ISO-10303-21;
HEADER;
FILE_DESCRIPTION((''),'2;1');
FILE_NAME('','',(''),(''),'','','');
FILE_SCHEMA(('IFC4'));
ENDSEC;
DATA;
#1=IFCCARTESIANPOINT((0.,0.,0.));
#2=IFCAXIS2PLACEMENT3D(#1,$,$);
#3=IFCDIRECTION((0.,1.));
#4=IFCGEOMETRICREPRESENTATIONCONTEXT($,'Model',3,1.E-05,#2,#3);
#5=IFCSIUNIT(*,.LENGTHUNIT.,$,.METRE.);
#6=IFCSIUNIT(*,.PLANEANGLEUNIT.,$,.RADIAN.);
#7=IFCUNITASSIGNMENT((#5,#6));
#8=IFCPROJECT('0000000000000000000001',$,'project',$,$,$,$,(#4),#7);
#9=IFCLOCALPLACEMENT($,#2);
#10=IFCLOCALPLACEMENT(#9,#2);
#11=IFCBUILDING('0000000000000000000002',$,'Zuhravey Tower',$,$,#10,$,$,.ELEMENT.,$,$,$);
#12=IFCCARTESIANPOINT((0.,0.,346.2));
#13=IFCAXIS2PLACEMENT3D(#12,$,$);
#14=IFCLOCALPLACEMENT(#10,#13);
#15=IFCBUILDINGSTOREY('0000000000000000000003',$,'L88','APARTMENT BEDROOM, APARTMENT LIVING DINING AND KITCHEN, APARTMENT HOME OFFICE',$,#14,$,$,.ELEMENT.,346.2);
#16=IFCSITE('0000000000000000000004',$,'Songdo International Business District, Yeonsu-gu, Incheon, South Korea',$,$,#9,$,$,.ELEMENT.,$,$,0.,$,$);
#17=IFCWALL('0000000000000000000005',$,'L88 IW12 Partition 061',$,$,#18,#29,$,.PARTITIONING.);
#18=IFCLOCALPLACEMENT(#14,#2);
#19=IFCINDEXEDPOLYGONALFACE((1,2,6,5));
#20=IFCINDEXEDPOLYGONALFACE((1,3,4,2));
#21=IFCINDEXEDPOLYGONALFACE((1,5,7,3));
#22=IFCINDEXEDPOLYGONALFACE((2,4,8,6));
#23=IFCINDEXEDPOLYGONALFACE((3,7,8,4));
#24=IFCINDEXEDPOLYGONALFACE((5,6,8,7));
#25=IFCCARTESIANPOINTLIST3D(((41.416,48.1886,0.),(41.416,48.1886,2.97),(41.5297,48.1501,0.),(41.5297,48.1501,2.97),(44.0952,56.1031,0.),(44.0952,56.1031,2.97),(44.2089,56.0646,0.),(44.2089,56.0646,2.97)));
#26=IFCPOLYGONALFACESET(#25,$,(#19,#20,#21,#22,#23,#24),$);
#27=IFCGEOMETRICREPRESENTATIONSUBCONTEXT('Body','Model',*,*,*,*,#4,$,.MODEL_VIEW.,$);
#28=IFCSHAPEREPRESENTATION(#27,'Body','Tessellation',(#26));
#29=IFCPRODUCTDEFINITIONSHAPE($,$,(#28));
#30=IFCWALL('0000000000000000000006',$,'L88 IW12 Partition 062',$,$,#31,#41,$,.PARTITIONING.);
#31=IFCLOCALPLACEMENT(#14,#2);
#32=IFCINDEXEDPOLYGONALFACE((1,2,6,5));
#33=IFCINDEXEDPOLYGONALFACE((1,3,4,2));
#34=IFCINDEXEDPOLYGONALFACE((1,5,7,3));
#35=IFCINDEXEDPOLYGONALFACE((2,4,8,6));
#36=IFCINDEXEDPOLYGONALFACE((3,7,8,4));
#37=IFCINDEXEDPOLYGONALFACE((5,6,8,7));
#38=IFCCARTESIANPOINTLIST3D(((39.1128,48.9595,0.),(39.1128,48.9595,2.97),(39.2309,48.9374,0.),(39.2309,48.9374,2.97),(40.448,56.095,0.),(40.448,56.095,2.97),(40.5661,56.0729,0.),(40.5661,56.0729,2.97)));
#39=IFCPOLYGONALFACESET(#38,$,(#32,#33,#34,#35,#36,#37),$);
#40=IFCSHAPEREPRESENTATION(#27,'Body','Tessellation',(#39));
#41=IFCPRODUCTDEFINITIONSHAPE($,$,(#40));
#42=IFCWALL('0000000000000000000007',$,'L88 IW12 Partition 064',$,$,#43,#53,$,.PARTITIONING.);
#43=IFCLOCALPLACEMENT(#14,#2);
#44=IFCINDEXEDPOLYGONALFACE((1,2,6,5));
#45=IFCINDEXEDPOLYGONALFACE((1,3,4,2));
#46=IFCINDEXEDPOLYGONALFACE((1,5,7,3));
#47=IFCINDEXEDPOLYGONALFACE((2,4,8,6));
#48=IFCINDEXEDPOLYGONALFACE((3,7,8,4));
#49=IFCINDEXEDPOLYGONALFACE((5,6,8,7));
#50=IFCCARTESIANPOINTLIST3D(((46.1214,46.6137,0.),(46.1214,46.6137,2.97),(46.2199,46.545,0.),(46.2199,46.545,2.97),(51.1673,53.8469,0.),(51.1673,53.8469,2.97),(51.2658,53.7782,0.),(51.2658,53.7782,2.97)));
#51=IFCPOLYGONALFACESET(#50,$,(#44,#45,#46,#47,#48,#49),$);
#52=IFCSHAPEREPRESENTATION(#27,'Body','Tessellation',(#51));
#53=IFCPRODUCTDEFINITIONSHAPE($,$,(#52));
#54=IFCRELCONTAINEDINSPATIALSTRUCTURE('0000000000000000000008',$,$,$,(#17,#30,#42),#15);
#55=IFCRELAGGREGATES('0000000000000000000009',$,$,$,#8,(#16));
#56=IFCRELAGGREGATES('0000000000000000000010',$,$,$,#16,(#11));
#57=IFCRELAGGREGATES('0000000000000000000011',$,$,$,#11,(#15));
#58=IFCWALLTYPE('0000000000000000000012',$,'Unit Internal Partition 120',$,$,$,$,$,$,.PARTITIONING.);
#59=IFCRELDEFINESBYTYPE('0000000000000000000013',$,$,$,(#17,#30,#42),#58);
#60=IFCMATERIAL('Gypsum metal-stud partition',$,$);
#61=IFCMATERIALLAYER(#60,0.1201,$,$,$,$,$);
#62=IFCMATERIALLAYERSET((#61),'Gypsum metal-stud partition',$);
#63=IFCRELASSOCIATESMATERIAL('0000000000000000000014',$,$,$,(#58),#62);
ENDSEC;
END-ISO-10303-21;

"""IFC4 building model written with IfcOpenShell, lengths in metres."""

from ifc_helpers import new_model, si_unit, direction, frame, frame_2d, origin, place, context, subcontext, project, spatial, rectangle, extrude, material, layer, layer_set, type_object, element, save


model = new_model("IFC4")

# Units and contexts
model_context = context("Model", 3, precision=1e-05, world=origin(), true_north=direction((0.0, 1.0)))
body_context = subcontext(model_context, "Body", "Model", "MODEL_VIEW")
ifc_project = project(units=[si_unit("LENGTHUNIT", "METRE"), si_unit("PLANEANGLEUNIT", "RADIAN")], contexts=[model_context])

# Site, building, storey
site_placement = place(None, origin())
site = spatial("IfcSite", under=ifc_project, at=site_placement, Name="Songdo International Business District, Yeonsu-gu, Incheon, South Korea", CompositionType="ELEMENT", RefElevation=0.0)
building_placement = place(site_placement, origin())
building = spatial("IfcBuilding", under=site, at=building_placement, Name="Zuhravey Tower", CompositionType="ELEMENT")
storey_placement = place(building_placement, frame((0.0, 0.0, 346.2)))
storey = spatial("IfcBuildingStorey", under=building, at=storey_placement, Name="L88", Description="APARTMENT BEDROOM, APARTMENT LIVING DINING AND KITCHEN, APARTMENT HOME OFFICE", CompositionType="ELEMENT", Elevation=346.2)

# Shared definitions
ifc_material_1 = material(Name="Gypsum metal-stud partition")
ifc_layer_1 = layer(ifc_material_1, 0.1201)
ifc_layer_set_1 = layer_set([ifc_layer_1], Name="Gypsum metal-stud partition")
wall_type_1 = type_object("IfcWallType", Name="Unit Internal Partition 120", PredefinedType="PARTITIONING", material=ifc_layer_set_1)

# Walls
wall_1_placement = place(storey_placement, frame((41.4729, 48.1694, 0.0), z_axis=(0.0, 0.0, 1.0), x_axis=(0.320642, 0.9472, 0.0)))
element("IfcWall", 1, at=wall_1_placement, inside=storey, type_object=wall_type_1, Name="L88 IW12 Partition 061", PredefinedType="PARTITIONING", context=body_context, shape_type="SweptSolid", body=[
    extrude(rectangle(XDim=8.3557, YDim=0.1201, at=frame_2d((4.1777, 0.0))), origin(), (0.0, 0.0, 1.0), 2.97),
])
wall_2_placement = place(storey_placement, frame((39.1719, 48.9485, 0.0), z_axis=(0.0, 0.0, 1.0), x_axis=(0.183929, 0.98294, 0.0)))
element("IfcWall", 2, at=wall_2_placement, inside=storey, type_object=wall_type_1, Name="L88 IW12 Partition 062", PredefinedType="PARTITIONING", context=body_context, shape_type="SweptSolid", body=[
    extrude(rectangle(XDim=7.2593, YDim=0.1201, at=frame_2d((3.6296, 0.0))), origin(), (0.0, 0.0, 1.0), 2.97),
])
wall_3_placement = place(storey_placement, frame((46.1707, 46.5793, 0.0), z_axis=(0.0, 0.0, 1.0), x_axis=(0.572144, 0.820153, 0.0)))
element("IfcWall", 3, at=wall_3_placement, inside=storey, type_object=wall_type_1, Name="L88 IW12 Partition 064", PredefinedType="PARTITIONING", context=body_context, shape_type="SweptSolid", body=[
    extrude(rectangle(XDim=8.8193, YDim=0.1201, at=frame_2d((4.4097, 0.0))), origin(), (0.0, 0.0, 1.0), 2.97),
])

save(model, "model.ifc")
